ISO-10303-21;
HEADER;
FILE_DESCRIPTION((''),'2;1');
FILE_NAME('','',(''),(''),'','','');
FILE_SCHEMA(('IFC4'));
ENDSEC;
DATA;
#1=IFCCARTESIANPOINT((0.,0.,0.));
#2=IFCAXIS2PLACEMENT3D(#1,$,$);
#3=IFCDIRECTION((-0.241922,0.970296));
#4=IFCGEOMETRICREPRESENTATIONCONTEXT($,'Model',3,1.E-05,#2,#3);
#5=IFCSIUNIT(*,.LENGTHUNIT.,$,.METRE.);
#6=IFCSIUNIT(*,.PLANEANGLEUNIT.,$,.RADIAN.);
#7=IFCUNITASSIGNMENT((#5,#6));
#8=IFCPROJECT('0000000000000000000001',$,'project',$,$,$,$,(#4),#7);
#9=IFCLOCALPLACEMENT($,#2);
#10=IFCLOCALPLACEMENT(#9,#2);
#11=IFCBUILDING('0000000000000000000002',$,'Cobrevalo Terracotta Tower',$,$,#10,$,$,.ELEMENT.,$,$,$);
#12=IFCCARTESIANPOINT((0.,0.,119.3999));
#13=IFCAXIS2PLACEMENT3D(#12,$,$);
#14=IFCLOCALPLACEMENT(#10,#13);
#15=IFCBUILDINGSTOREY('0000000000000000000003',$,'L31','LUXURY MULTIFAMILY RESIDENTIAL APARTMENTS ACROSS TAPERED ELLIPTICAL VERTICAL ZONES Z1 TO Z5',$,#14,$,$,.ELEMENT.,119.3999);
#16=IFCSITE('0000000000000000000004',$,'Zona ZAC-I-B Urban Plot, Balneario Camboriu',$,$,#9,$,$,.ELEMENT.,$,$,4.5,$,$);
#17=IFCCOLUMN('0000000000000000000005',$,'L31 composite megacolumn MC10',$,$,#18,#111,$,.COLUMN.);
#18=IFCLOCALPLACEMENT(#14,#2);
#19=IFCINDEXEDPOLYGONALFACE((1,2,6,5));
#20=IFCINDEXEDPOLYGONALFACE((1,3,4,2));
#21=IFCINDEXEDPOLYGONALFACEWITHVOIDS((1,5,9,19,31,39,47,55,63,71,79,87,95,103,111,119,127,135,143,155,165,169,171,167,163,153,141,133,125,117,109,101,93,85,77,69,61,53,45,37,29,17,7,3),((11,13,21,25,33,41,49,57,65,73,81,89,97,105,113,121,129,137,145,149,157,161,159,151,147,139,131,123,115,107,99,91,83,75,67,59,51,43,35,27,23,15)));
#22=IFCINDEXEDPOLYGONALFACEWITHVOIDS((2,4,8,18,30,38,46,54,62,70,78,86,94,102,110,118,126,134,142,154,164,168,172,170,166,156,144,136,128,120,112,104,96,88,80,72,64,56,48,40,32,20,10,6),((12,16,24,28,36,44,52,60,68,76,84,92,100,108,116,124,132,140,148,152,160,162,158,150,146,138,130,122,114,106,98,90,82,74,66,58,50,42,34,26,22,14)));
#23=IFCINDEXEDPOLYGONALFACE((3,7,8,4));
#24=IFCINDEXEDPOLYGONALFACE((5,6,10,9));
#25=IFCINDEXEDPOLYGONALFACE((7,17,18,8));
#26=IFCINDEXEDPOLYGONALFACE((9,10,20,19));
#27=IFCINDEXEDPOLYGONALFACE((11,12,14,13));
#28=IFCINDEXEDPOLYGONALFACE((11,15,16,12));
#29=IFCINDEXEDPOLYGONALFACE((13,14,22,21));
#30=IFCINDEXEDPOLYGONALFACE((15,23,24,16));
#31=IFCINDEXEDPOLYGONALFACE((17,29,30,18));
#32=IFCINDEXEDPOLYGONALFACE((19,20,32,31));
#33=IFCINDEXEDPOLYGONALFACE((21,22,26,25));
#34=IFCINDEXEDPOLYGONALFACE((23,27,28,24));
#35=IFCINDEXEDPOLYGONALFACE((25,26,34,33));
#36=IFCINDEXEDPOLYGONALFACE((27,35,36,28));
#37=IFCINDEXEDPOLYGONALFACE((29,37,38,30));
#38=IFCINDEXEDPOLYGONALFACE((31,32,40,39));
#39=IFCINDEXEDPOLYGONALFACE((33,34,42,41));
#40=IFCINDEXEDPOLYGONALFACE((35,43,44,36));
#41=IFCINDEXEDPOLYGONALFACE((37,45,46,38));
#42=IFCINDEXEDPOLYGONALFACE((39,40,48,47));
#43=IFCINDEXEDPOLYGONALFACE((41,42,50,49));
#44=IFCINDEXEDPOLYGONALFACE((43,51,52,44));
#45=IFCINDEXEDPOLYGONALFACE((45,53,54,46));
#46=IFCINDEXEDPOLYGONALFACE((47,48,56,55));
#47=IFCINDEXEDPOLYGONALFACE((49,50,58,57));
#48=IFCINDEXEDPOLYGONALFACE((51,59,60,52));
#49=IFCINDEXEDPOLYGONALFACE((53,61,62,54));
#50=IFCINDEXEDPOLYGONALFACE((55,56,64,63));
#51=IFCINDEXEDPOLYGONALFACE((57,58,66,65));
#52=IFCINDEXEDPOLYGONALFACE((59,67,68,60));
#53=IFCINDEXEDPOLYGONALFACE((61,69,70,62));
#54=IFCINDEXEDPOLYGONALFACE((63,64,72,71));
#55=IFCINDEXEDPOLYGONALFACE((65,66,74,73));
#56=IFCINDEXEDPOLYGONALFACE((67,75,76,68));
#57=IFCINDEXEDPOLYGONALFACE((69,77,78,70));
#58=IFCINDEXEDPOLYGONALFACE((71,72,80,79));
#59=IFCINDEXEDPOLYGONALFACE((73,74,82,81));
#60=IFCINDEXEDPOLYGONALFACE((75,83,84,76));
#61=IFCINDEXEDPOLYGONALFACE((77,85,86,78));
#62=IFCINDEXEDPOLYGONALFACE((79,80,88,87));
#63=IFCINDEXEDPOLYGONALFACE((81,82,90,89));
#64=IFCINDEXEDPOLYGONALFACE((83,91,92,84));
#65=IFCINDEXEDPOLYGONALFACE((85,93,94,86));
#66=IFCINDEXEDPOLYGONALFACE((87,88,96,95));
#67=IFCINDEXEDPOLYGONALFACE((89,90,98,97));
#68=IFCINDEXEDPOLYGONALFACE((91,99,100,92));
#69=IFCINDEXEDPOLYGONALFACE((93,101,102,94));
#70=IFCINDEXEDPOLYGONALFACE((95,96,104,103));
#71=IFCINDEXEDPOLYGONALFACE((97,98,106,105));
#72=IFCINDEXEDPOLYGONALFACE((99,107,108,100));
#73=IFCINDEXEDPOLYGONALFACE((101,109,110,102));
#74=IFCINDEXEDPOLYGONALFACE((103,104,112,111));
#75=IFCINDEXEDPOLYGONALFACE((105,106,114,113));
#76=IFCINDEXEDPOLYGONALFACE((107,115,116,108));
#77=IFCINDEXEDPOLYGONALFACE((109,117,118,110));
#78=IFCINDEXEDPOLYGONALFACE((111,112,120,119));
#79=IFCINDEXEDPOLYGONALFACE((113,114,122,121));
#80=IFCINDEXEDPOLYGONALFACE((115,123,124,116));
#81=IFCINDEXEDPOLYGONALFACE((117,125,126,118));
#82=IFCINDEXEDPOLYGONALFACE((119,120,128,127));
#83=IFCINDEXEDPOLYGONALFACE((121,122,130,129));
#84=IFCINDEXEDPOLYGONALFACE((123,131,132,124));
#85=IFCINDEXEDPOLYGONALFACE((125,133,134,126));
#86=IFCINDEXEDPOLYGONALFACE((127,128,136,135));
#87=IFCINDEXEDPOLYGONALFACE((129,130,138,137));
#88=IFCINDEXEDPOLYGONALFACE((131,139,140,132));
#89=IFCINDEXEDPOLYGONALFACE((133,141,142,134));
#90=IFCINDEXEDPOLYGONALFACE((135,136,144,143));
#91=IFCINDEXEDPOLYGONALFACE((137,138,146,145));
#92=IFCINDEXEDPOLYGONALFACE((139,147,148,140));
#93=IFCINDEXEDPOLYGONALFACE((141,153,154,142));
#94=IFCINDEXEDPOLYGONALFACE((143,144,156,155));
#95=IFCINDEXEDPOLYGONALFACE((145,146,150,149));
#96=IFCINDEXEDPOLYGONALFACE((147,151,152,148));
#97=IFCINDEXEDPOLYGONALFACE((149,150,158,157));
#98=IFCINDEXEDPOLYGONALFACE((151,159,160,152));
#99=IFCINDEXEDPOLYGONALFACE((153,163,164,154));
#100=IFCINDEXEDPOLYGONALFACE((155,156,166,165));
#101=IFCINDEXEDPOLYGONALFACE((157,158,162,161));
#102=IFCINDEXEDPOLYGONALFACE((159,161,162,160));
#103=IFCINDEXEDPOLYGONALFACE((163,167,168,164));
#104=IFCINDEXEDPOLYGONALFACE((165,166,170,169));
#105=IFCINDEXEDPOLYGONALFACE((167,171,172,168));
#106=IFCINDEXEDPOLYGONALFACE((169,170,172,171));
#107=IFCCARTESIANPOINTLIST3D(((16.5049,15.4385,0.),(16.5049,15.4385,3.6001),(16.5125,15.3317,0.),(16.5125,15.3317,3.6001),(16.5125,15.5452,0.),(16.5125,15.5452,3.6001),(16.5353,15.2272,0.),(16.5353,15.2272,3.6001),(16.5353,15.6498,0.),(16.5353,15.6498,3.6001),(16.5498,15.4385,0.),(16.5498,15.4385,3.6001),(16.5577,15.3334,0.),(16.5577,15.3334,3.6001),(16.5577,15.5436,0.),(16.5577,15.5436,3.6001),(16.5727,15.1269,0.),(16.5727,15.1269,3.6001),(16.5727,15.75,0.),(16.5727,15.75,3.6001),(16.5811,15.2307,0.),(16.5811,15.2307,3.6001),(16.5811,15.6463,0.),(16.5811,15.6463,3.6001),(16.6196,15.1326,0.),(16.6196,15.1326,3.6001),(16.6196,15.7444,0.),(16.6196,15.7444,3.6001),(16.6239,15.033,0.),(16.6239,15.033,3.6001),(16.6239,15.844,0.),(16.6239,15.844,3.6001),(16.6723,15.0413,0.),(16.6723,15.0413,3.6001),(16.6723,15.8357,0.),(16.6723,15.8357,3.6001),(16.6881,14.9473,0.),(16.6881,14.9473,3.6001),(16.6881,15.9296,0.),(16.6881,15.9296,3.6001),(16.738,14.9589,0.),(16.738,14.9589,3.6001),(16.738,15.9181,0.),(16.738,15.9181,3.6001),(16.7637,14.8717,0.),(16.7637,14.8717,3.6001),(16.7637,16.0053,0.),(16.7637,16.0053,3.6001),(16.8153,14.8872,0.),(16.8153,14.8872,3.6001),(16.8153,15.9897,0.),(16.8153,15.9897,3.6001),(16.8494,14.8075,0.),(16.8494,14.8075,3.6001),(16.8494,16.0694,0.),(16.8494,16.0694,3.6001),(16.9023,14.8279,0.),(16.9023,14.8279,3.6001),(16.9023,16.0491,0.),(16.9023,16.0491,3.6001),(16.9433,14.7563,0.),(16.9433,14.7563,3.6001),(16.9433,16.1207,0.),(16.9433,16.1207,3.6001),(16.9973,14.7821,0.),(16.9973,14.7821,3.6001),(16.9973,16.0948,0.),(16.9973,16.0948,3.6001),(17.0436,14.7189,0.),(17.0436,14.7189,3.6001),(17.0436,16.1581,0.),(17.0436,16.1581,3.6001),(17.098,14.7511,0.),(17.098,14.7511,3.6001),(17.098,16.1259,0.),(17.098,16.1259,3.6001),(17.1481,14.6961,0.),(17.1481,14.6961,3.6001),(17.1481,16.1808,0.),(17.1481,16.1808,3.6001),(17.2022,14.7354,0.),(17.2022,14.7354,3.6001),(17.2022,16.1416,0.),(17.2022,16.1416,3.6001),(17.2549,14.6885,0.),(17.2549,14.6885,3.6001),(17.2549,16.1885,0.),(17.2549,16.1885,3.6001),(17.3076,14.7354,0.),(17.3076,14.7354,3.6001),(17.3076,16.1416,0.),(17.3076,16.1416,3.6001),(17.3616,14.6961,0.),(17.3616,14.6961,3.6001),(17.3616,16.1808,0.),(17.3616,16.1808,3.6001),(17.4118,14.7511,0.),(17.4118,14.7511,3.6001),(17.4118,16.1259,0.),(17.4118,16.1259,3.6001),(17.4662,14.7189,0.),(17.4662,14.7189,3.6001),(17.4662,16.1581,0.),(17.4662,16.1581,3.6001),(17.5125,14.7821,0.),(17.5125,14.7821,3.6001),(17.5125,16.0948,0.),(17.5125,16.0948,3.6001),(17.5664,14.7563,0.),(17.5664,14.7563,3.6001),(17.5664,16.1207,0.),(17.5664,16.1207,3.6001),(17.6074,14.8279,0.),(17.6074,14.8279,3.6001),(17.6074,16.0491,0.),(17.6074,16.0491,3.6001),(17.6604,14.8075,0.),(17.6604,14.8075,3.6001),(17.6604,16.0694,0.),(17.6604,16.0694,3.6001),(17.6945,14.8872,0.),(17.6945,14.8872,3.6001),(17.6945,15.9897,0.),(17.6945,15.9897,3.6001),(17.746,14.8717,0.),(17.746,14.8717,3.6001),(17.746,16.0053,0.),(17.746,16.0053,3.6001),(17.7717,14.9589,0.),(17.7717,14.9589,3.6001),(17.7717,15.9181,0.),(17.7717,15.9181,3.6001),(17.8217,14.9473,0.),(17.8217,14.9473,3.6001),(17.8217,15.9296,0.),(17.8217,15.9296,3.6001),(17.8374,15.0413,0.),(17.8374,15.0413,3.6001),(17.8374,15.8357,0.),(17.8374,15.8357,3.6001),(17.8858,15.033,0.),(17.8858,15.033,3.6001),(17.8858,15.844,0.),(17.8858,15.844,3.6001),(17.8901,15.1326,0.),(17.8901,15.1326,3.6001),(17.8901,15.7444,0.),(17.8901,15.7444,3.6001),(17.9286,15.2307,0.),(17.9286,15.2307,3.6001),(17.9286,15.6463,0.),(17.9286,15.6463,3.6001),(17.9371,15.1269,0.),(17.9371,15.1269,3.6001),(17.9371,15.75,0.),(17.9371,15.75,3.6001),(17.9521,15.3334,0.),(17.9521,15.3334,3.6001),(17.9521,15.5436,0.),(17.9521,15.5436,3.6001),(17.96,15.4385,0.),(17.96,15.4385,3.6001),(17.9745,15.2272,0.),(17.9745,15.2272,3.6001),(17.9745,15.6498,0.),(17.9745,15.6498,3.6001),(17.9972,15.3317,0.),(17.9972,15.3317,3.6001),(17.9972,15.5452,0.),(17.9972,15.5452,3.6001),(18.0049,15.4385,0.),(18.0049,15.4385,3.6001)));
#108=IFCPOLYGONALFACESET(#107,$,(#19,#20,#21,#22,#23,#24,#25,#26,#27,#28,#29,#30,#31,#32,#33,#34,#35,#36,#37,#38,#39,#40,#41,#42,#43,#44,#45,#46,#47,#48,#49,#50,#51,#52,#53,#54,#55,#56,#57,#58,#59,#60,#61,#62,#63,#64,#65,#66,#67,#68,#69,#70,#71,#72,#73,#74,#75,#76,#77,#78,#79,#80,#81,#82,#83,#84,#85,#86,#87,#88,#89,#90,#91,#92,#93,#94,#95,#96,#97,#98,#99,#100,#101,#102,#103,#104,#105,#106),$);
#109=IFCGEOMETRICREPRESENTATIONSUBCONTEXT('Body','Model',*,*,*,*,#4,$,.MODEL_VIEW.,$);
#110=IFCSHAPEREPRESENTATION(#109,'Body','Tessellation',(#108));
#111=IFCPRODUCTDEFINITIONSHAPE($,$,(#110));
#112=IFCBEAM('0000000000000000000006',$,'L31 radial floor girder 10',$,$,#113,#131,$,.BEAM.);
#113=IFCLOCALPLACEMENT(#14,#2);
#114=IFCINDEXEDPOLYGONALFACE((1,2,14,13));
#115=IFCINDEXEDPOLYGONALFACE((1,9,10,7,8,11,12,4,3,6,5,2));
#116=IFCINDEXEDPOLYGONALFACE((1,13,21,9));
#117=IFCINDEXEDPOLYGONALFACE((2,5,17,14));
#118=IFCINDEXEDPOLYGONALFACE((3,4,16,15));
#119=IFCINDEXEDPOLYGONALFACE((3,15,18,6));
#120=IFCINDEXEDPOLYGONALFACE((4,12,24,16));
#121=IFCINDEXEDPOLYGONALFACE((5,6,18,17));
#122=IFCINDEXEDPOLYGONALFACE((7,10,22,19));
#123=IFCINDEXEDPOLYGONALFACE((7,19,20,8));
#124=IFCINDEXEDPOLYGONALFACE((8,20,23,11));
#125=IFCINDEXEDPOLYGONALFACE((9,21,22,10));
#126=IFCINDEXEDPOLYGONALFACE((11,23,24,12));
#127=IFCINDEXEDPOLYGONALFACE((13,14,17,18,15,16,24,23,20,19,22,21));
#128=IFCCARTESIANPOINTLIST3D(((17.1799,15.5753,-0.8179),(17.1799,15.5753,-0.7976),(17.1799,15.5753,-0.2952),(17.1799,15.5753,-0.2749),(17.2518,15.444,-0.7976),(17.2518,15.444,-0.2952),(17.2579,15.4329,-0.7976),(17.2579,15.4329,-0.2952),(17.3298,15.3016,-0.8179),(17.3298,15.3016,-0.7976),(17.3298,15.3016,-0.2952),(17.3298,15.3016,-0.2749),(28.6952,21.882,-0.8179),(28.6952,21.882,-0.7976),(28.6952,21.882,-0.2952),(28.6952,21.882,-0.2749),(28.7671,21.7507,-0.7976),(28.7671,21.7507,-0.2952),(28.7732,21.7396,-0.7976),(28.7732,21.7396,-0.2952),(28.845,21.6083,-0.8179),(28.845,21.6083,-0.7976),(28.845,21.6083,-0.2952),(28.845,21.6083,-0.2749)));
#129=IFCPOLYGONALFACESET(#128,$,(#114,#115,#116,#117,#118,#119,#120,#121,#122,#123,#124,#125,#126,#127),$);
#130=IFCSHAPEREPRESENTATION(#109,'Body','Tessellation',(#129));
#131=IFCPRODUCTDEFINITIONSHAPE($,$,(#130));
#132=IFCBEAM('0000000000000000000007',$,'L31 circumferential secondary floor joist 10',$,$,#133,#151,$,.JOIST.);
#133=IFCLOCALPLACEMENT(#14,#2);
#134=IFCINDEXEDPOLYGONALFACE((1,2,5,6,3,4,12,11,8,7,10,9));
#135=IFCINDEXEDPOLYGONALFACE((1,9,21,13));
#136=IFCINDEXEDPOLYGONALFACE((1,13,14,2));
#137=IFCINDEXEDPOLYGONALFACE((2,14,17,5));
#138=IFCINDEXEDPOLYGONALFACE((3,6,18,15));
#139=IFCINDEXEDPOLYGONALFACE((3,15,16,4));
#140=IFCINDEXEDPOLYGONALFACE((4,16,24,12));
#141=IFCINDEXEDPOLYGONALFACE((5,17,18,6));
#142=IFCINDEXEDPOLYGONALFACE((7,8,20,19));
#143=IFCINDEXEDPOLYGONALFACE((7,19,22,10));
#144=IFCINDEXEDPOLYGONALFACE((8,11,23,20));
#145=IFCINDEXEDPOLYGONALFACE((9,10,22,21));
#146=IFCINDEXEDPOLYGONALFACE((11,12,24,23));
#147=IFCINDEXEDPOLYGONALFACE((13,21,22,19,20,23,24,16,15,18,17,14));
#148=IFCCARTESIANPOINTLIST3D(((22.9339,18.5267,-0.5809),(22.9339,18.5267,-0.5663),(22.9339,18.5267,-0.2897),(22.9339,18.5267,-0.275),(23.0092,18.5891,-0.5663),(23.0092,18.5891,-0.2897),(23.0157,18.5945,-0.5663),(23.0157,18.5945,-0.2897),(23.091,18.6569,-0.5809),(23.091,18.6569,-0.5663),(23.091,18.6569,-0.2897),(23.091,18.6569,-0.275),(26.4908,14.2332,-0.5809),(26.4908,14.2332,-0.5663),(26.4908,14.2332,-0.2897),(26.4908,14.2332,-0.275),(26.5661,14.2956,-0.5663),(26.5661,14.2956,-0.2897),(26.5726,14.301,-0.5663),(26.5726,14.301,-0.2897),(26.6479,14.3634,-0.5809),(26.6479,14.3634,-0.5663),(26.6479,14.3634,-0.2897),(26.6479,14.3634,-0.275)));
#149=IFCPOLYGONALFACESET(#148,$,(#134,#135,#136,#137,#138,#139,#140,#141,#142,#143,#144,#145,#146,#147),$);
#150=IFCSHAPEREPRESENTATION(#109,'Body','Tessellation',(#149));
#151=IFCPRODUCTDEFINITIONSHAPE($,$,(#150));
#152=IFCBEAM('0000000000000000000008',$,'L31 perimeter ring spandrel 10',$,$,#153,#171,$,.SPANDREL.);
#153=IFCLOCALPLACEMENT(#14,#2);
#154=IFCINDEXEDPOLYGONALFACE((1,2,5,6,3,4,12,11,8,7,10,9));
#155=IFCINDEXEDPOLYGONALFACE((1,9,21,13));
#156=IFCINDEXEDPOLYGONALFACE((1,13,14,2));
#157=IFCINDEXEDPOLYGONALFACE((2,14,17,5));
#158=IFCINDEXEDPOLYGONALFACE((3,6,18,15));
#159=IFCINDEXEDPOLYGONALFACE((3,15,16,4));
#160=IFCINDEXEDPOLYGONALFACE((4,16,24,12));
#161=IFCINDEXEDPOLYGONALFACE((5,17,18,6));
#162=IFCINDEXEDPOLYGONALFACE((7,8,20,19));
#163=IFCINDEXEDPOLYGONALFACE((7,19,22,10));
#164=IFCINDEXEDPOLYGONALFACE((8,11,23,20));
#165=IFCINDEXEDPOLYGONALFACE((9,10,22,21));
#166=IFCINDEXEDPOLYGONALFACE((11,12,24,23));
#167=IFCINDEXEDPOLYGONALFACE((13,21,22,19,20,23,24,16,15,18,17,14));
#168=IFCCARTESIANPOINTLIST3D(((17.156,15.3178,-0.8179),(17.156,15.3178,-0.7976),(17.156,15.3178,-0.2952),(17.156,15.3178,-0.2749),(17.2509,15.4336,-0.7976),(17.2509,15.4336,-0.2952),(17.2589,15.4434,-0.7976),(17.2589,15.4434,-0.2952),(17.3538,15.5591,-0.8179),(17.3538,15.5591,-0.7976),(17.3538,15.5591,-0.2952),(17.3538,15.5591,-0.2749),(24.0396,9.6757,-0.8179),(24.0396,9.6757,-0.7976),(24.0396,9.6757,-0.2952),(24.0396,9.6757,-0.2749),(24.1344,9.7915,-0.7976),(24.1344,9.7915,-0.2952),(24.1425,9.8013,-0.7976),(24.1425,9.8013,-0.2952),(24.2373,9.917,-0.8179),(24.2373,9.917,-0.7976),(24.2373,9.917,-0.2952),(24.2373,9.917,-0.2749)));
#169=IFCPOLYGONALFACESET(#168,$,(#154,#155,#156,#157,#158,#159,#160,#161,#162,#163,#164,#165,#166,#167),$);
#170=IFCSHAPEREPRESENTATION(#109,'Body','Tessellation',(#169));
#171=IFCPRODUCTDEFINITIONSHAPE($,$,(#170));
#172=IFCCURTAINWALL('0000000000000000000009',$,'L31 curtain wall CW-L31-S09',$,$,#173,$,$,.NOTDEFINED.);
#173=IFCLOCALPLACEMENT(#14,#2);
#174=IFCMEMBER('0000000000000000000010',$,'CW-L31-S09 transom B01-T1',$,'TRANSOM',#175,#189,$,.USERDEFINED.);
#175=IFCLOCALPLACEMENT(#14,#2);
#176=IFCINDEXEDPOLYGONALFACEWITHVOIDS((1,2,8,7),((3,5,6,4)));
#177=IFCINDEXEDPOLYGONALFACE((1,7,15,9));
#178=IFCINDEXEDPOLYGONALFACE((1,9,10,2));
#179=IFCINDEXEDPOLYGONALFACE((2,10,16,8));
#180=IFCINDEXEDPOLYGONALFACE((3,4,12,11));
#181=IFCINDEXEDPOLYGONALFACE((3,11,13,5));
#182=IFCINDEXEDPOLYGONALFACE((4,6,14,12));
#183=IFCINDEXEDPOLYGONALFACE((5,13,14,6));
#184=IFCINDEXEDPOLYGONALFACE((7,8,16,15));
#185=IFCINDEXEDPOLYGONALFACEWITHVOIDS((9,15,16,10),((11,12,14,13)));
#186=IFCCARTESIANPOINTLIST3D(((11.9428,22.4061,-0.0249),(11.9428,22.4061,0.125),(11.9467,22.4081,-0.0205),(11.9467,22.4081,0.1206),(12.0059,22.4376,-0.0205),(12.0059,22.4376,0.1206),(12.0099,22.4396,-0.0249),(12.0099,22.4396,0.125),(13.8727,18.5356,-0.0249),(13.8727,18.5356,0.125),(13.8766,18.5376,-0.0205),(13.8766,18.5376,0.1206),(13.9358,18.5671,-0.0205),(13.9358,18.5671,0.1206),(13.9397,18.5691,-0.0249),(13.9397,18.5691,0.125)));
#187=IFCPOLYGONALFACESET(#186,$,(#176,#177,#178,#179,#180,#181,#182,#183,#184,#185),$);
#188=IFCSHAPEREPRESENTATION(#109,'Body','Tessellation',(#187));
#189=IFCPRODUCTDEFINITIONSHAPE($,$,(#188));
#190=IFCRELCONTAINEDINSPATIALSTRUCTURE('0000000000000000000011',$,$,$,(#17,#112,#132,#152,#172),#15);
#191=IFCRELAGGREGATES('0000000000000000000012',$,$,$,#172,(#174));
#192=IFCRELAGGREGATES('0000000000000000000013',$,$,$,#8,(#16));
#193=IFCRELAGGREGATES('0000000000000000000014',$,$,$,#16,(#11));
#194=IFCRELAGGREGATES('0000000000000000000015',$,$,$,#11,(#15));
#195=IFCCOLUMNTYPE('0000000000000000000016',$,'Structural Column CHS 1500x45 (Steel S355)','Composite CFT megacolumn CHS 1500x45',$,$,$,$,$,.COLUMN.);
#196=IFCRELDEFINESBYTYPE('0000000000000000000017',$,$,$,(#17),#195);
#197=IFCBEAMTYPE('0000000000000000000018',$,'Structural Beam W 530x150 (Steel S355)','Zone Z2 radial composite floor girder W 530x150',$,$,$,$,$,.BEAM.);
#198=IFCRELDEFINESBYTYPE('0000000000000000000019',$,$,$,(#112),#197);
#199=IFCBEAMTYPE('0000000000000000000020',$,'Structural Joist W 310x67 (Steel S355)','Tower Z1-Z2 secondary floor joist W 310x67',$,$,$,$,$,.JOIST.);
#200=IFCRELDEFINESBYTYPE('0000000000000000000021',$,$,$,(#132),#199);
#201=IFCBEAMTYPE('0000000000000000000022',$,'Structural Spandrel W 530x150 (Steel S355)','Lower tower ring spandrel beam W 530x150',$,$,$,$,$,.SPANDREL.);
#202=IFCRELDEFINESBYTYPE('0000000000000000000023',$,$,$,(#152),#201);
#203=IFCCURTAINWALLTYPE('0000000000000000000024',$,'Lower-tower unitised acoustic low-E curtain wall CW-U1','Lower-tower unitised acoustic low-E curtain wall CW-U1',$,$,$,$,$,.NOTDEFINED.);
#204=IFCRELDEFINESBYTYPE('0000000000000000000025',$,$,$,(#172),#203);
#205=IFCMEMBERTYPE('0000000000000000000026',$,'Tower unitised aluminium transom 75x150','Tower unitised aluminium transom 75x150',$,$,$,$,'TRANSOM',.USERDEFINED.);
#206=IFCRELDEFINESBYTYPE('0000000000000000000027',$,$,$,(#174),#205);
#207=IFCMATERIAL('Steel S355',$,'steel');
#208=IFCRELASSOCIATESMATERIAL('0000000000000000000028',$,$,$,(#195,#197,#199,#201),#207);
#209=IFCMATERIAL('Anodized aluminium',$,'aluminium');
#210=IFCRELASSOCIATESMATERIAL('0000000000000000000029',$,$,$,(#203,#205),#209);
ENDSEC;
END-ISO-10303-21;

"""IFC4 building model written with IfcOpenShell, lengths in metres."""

from ifc_helpers import new_model, si_unit, direction, frame, origin, origin_2d, place, context, subcontext, project, spatial, hollow_rectangle, hollow_circle, i_section, extrude, source, transform, mapped, material, material_profile, profile_set, type_object, element, aggregate, save


model = new_model("IFC4")

# Units and contexts
model_context = context("Model", 3, precision=1e-05, world=origin(), true_north=direction((-0.241922, 0.970296)))
body_context = subcontext(model_context, "Body", "Model", "MODEL_VIEW")
ifc_project = project(units=[si_unit("LENGTHUNIT", "METRE"), si_unit("PLANEANGLEUNIT", "RADIAN")], contexts=[model_context])

# Site, building, storey
site_placement = place(None, origin())
site = spatial("IfcSite", under=ifc_project, at=site_placement, Name="Zona ZAC-I-B Urban Plot, Balneario Camboriu", CompositionType="ELEMENT", RefElevation=4.5)
building_placement = place(site_placement, origin())
building = spatial("IfcBuilding", under=site, at=building_placement, Name="Cobrevalo Terracotta Tower", CompositionType="ELEMENT")
storey_placement = place(building_placement, frame((0.0, 0.0, 119.3999)))
storey = spatial("IfcBuildingStorey", under=building, at=storey_placement, Name="L31", Description="LUXURY MULTIFAMILY RESIDENTIAL APARTMENTS ACROSS TAPERED ELLIPTICAL VERTICAL ZONES Z1 TO Z5", CompositionType="ELEMENT", Elevation=119.3999)

# Column
ifc_material_1 = material(Name="Steel S355", Category="steel")
ifc_material_profile_1 = material_profile(ifc_material_1, hollow_circle(Radius=0.75, WallThickness=0.0449, at=origin_2d()), Name="CHS 1500x45")
ifc_profile_set_1 = profile_set([ifc_material_profile_1], Name="Steel S355")
column_type = type_object("IfcColumnType", Name="Structural Column CHS 1500x45 (Steel S355)", Description="Composite CFT megacolumn CHS 1500x45", PredefinedType="COLUMN", material=ifc_profile_set_1)
column_placement = place(storey_placement, frame((17.2549, 15.4385, 0.0), z_axis=(0.0, 0.0, 1.0), x_axis=(1.0, 0.0, 0.0)))
element("IfcColumn", 1, at=column_placement, inside=storey, type_object=column_type, Name="L31 composite megacolumn MC10", PredefinedType="COLUMN", context=body_context, shape_type="SweptSolid", body=[
    extrude(hollow_circle(Radius=0.75, WallThickness=0.0449, at=origin_2d()), origin(), (0.0, 0.0, 1.0), 3.6001),
])

# Beams
ifc_material_profile_2 = material_profile(ifc_material_1, i_section(OverallWidth=0.312, OverallDepth=0.543, WebThickness=0.0127, FlangeThickness=0.0203, at=origin_2d()), Name="W 530x150")
ifc_profile_set_2 = profile_set([ifc_material_profile_2], Name="Steel S355")
beam_type_1 = type_object("IfcBeamType", Name="Structural Beam W 530x150 (Steel S355)", Description="Zone Z2 radial composite floor girder W 530x150", PredefinedType="BEAM", material=ifc_profile_set_2)
beam_1_placement = place(storey_placement, frame((17.2549, 15.4385, -0.5464), z_axis=(0.877073, 0.480358, 0.0), x_axis=(-0.480358, 0.877073, 0.0)))
element("IfcBeam", 2, at=beam_1_placement, inside=storey, type_object=beam_type_1, Name="L31 radial floor girder 10", PredefinedType="BEAM", context=body_context, shape_type="SweptSolid", body=[
    extrude(i_section(OverallWidth=0.312, OverallDepth=0.543, WebThickness=0.0127, FlangeThickness=0.0203, at=origin_2d()), origin(), (0.0, 0.0, 1.0), 13.1292),
])
ifc_material_profile_3 = material_profile(ifc_material_1, i_section(OverallWidth=0.2041, OverallDepth=0.3059, WebThickness=0.0085, FlangeThickness=0.0146, at=origin_2d()), Name="W 310x67")
ifc_profile_set_3 = profile_set([ifc_material_profile_3], Name="Steel S355")
beam_type_2 = type_object("IfcBeamType", Name="Structural Joist W 310x67 (Steel S355)", Description="Tower Z1-Z2 secondary floor joist W 310x67", PredefinedType="JOIST", material=ifc_profile_set_3)
beam_2_placement = place(storey_placement, frame((23.0125, 18.5918, -0.428), z_axis=(0.637959, -0.77007, 0.0), x_axis=(0.77007, 0.637959, 0.0)))
element("IfcBeam", 3, at=beam_2_placement, inside=storey, type_object=beam_type_2, Name="L31 circumferential secondary floor joist 10", PredefinedType="JOIST", context=body_context, shape_type="SweptSolid", body=[
    extrude(i_section(OverallWidth=0.2041, OverallDepth=0.3059, WebThickness=0.0085, FlangeThickness=0.0146, at=origin_2d()), origin(), (0.0, 0.0, 1.0), 5.5754),
])
ifc_material_profile_4 = material_profile(ifc_material_1, i_section(OverallWidth=0.312, OverallDepth=0.543, WebThickness=0.0127, FlangeThickness=0.0203, at=origin_2d()), Name="W 530x150")
ifc_profile_set_4 = profile_set([ifc_material_profile_4], Name="Steel S355")
beam_type_3 = type_object("IfcBeamType", Name="Structural Spandrel W 530x150 (Steel S355)", Description="Lower tower ring spandrel beam W 530x150", PredefinedType="SPANDREL", material=ifc_profile_set_4)
beam_3_placement = place(storey_placement, frame((17.2549, 15.4385, -0.5464), z_axis=(0.773401, -0.633917, 0.0), x_axis=(0.633917, 0.773401, 0.0)))
element("IfcBeam", 4, at=beam_3_placement, inside=storey, type_object=beam_type_3, Name="L31 perimeter ring spandrel 10", PredefinedType="SPANDREL", context=body_context, shape_type="SweptSolid", body=[
    extrude(i_section(OverallWidth=0.312, OverallDepth=0.543, WebThickness=0.0127, FlangeThickness=0.0203, at=origin_2d()), origin(), (0.0, 0.0, 1.0), 8.9004),
])

# Curtain wall, member
ifc_material_2 = material(Name="Anodized aluminium", Category="aluminium")
curtain_wall_type = type_object("IfcCurtainWallType", Name="Lower-tower unitised acoustic low-E curtain wall CW-U1", Description="Lower-tower unitised acoustic low-E curtain wall CW-U1", PredefinedType="NOTDEFINED", material=ifc_material_2)
curtain_wall_1_placement = place(storey_placement, origin())
curtain_wall_1 = element("IfcCurtainWall", 5, at=curtain_wall_1_placement, inside=storey, type_object=curtain_wall_type, Name="L31 curtain wall CW-L31-S09", PredefinedType="NOTDEFINED")
ifc_material_profile_5 = material_profile(ifc_material_2, hollow_rectangle(XDim=0.075, YDim=0.1499, WallThickness=0.0044, at=origin_2d()), Name="CWT 75x150")
ifc_profile_set_5 = profile_set([ifc_material_profile_5], Name="Anodized aluminium")
member_type_1 = type_object("IfcMemberType", Name="Tower unitised aluminium transom 75x150", Description="Tower unitised aluminium transom 75x150", ElementType="TRANSOM", PredefinedType="USERDEFINED", material=ifc_profile_set_5)
shared_shape_1 = source(origin(), body_context, "Body", "SweptSolid", [
    extrude(hollow_rectangle(XDim=0.075, YDim=0.1499, WallThickness=0.0044, at=origin_2d()), origin(), (0.0, 0.0, 1.0), 4.325),
])
member_1_placement = place(storey_placement, frame((11.9763, 22.4229, 0.05), z_axis=(0.44622, -0.894923, 0.0), x_axis=(0.894923, 0.44622, 0.0)))
member_1 = element("IfcMember", 6, at=member_1_placement, type_object=member_type_1, Name="CW-L31-S09 transom B01-T1", ObjectType="TRANSOM", PredefinedType="USERDEFINED", context=body_context, shape_type="MappedRepresentation", body=[
    mapped(shared_shape_1, transform((0.0, 0.0, 0.0), scale=1.0)),
])

aggregate(curtain_wall_1, [member_1])

save(model, "model.ifc")
